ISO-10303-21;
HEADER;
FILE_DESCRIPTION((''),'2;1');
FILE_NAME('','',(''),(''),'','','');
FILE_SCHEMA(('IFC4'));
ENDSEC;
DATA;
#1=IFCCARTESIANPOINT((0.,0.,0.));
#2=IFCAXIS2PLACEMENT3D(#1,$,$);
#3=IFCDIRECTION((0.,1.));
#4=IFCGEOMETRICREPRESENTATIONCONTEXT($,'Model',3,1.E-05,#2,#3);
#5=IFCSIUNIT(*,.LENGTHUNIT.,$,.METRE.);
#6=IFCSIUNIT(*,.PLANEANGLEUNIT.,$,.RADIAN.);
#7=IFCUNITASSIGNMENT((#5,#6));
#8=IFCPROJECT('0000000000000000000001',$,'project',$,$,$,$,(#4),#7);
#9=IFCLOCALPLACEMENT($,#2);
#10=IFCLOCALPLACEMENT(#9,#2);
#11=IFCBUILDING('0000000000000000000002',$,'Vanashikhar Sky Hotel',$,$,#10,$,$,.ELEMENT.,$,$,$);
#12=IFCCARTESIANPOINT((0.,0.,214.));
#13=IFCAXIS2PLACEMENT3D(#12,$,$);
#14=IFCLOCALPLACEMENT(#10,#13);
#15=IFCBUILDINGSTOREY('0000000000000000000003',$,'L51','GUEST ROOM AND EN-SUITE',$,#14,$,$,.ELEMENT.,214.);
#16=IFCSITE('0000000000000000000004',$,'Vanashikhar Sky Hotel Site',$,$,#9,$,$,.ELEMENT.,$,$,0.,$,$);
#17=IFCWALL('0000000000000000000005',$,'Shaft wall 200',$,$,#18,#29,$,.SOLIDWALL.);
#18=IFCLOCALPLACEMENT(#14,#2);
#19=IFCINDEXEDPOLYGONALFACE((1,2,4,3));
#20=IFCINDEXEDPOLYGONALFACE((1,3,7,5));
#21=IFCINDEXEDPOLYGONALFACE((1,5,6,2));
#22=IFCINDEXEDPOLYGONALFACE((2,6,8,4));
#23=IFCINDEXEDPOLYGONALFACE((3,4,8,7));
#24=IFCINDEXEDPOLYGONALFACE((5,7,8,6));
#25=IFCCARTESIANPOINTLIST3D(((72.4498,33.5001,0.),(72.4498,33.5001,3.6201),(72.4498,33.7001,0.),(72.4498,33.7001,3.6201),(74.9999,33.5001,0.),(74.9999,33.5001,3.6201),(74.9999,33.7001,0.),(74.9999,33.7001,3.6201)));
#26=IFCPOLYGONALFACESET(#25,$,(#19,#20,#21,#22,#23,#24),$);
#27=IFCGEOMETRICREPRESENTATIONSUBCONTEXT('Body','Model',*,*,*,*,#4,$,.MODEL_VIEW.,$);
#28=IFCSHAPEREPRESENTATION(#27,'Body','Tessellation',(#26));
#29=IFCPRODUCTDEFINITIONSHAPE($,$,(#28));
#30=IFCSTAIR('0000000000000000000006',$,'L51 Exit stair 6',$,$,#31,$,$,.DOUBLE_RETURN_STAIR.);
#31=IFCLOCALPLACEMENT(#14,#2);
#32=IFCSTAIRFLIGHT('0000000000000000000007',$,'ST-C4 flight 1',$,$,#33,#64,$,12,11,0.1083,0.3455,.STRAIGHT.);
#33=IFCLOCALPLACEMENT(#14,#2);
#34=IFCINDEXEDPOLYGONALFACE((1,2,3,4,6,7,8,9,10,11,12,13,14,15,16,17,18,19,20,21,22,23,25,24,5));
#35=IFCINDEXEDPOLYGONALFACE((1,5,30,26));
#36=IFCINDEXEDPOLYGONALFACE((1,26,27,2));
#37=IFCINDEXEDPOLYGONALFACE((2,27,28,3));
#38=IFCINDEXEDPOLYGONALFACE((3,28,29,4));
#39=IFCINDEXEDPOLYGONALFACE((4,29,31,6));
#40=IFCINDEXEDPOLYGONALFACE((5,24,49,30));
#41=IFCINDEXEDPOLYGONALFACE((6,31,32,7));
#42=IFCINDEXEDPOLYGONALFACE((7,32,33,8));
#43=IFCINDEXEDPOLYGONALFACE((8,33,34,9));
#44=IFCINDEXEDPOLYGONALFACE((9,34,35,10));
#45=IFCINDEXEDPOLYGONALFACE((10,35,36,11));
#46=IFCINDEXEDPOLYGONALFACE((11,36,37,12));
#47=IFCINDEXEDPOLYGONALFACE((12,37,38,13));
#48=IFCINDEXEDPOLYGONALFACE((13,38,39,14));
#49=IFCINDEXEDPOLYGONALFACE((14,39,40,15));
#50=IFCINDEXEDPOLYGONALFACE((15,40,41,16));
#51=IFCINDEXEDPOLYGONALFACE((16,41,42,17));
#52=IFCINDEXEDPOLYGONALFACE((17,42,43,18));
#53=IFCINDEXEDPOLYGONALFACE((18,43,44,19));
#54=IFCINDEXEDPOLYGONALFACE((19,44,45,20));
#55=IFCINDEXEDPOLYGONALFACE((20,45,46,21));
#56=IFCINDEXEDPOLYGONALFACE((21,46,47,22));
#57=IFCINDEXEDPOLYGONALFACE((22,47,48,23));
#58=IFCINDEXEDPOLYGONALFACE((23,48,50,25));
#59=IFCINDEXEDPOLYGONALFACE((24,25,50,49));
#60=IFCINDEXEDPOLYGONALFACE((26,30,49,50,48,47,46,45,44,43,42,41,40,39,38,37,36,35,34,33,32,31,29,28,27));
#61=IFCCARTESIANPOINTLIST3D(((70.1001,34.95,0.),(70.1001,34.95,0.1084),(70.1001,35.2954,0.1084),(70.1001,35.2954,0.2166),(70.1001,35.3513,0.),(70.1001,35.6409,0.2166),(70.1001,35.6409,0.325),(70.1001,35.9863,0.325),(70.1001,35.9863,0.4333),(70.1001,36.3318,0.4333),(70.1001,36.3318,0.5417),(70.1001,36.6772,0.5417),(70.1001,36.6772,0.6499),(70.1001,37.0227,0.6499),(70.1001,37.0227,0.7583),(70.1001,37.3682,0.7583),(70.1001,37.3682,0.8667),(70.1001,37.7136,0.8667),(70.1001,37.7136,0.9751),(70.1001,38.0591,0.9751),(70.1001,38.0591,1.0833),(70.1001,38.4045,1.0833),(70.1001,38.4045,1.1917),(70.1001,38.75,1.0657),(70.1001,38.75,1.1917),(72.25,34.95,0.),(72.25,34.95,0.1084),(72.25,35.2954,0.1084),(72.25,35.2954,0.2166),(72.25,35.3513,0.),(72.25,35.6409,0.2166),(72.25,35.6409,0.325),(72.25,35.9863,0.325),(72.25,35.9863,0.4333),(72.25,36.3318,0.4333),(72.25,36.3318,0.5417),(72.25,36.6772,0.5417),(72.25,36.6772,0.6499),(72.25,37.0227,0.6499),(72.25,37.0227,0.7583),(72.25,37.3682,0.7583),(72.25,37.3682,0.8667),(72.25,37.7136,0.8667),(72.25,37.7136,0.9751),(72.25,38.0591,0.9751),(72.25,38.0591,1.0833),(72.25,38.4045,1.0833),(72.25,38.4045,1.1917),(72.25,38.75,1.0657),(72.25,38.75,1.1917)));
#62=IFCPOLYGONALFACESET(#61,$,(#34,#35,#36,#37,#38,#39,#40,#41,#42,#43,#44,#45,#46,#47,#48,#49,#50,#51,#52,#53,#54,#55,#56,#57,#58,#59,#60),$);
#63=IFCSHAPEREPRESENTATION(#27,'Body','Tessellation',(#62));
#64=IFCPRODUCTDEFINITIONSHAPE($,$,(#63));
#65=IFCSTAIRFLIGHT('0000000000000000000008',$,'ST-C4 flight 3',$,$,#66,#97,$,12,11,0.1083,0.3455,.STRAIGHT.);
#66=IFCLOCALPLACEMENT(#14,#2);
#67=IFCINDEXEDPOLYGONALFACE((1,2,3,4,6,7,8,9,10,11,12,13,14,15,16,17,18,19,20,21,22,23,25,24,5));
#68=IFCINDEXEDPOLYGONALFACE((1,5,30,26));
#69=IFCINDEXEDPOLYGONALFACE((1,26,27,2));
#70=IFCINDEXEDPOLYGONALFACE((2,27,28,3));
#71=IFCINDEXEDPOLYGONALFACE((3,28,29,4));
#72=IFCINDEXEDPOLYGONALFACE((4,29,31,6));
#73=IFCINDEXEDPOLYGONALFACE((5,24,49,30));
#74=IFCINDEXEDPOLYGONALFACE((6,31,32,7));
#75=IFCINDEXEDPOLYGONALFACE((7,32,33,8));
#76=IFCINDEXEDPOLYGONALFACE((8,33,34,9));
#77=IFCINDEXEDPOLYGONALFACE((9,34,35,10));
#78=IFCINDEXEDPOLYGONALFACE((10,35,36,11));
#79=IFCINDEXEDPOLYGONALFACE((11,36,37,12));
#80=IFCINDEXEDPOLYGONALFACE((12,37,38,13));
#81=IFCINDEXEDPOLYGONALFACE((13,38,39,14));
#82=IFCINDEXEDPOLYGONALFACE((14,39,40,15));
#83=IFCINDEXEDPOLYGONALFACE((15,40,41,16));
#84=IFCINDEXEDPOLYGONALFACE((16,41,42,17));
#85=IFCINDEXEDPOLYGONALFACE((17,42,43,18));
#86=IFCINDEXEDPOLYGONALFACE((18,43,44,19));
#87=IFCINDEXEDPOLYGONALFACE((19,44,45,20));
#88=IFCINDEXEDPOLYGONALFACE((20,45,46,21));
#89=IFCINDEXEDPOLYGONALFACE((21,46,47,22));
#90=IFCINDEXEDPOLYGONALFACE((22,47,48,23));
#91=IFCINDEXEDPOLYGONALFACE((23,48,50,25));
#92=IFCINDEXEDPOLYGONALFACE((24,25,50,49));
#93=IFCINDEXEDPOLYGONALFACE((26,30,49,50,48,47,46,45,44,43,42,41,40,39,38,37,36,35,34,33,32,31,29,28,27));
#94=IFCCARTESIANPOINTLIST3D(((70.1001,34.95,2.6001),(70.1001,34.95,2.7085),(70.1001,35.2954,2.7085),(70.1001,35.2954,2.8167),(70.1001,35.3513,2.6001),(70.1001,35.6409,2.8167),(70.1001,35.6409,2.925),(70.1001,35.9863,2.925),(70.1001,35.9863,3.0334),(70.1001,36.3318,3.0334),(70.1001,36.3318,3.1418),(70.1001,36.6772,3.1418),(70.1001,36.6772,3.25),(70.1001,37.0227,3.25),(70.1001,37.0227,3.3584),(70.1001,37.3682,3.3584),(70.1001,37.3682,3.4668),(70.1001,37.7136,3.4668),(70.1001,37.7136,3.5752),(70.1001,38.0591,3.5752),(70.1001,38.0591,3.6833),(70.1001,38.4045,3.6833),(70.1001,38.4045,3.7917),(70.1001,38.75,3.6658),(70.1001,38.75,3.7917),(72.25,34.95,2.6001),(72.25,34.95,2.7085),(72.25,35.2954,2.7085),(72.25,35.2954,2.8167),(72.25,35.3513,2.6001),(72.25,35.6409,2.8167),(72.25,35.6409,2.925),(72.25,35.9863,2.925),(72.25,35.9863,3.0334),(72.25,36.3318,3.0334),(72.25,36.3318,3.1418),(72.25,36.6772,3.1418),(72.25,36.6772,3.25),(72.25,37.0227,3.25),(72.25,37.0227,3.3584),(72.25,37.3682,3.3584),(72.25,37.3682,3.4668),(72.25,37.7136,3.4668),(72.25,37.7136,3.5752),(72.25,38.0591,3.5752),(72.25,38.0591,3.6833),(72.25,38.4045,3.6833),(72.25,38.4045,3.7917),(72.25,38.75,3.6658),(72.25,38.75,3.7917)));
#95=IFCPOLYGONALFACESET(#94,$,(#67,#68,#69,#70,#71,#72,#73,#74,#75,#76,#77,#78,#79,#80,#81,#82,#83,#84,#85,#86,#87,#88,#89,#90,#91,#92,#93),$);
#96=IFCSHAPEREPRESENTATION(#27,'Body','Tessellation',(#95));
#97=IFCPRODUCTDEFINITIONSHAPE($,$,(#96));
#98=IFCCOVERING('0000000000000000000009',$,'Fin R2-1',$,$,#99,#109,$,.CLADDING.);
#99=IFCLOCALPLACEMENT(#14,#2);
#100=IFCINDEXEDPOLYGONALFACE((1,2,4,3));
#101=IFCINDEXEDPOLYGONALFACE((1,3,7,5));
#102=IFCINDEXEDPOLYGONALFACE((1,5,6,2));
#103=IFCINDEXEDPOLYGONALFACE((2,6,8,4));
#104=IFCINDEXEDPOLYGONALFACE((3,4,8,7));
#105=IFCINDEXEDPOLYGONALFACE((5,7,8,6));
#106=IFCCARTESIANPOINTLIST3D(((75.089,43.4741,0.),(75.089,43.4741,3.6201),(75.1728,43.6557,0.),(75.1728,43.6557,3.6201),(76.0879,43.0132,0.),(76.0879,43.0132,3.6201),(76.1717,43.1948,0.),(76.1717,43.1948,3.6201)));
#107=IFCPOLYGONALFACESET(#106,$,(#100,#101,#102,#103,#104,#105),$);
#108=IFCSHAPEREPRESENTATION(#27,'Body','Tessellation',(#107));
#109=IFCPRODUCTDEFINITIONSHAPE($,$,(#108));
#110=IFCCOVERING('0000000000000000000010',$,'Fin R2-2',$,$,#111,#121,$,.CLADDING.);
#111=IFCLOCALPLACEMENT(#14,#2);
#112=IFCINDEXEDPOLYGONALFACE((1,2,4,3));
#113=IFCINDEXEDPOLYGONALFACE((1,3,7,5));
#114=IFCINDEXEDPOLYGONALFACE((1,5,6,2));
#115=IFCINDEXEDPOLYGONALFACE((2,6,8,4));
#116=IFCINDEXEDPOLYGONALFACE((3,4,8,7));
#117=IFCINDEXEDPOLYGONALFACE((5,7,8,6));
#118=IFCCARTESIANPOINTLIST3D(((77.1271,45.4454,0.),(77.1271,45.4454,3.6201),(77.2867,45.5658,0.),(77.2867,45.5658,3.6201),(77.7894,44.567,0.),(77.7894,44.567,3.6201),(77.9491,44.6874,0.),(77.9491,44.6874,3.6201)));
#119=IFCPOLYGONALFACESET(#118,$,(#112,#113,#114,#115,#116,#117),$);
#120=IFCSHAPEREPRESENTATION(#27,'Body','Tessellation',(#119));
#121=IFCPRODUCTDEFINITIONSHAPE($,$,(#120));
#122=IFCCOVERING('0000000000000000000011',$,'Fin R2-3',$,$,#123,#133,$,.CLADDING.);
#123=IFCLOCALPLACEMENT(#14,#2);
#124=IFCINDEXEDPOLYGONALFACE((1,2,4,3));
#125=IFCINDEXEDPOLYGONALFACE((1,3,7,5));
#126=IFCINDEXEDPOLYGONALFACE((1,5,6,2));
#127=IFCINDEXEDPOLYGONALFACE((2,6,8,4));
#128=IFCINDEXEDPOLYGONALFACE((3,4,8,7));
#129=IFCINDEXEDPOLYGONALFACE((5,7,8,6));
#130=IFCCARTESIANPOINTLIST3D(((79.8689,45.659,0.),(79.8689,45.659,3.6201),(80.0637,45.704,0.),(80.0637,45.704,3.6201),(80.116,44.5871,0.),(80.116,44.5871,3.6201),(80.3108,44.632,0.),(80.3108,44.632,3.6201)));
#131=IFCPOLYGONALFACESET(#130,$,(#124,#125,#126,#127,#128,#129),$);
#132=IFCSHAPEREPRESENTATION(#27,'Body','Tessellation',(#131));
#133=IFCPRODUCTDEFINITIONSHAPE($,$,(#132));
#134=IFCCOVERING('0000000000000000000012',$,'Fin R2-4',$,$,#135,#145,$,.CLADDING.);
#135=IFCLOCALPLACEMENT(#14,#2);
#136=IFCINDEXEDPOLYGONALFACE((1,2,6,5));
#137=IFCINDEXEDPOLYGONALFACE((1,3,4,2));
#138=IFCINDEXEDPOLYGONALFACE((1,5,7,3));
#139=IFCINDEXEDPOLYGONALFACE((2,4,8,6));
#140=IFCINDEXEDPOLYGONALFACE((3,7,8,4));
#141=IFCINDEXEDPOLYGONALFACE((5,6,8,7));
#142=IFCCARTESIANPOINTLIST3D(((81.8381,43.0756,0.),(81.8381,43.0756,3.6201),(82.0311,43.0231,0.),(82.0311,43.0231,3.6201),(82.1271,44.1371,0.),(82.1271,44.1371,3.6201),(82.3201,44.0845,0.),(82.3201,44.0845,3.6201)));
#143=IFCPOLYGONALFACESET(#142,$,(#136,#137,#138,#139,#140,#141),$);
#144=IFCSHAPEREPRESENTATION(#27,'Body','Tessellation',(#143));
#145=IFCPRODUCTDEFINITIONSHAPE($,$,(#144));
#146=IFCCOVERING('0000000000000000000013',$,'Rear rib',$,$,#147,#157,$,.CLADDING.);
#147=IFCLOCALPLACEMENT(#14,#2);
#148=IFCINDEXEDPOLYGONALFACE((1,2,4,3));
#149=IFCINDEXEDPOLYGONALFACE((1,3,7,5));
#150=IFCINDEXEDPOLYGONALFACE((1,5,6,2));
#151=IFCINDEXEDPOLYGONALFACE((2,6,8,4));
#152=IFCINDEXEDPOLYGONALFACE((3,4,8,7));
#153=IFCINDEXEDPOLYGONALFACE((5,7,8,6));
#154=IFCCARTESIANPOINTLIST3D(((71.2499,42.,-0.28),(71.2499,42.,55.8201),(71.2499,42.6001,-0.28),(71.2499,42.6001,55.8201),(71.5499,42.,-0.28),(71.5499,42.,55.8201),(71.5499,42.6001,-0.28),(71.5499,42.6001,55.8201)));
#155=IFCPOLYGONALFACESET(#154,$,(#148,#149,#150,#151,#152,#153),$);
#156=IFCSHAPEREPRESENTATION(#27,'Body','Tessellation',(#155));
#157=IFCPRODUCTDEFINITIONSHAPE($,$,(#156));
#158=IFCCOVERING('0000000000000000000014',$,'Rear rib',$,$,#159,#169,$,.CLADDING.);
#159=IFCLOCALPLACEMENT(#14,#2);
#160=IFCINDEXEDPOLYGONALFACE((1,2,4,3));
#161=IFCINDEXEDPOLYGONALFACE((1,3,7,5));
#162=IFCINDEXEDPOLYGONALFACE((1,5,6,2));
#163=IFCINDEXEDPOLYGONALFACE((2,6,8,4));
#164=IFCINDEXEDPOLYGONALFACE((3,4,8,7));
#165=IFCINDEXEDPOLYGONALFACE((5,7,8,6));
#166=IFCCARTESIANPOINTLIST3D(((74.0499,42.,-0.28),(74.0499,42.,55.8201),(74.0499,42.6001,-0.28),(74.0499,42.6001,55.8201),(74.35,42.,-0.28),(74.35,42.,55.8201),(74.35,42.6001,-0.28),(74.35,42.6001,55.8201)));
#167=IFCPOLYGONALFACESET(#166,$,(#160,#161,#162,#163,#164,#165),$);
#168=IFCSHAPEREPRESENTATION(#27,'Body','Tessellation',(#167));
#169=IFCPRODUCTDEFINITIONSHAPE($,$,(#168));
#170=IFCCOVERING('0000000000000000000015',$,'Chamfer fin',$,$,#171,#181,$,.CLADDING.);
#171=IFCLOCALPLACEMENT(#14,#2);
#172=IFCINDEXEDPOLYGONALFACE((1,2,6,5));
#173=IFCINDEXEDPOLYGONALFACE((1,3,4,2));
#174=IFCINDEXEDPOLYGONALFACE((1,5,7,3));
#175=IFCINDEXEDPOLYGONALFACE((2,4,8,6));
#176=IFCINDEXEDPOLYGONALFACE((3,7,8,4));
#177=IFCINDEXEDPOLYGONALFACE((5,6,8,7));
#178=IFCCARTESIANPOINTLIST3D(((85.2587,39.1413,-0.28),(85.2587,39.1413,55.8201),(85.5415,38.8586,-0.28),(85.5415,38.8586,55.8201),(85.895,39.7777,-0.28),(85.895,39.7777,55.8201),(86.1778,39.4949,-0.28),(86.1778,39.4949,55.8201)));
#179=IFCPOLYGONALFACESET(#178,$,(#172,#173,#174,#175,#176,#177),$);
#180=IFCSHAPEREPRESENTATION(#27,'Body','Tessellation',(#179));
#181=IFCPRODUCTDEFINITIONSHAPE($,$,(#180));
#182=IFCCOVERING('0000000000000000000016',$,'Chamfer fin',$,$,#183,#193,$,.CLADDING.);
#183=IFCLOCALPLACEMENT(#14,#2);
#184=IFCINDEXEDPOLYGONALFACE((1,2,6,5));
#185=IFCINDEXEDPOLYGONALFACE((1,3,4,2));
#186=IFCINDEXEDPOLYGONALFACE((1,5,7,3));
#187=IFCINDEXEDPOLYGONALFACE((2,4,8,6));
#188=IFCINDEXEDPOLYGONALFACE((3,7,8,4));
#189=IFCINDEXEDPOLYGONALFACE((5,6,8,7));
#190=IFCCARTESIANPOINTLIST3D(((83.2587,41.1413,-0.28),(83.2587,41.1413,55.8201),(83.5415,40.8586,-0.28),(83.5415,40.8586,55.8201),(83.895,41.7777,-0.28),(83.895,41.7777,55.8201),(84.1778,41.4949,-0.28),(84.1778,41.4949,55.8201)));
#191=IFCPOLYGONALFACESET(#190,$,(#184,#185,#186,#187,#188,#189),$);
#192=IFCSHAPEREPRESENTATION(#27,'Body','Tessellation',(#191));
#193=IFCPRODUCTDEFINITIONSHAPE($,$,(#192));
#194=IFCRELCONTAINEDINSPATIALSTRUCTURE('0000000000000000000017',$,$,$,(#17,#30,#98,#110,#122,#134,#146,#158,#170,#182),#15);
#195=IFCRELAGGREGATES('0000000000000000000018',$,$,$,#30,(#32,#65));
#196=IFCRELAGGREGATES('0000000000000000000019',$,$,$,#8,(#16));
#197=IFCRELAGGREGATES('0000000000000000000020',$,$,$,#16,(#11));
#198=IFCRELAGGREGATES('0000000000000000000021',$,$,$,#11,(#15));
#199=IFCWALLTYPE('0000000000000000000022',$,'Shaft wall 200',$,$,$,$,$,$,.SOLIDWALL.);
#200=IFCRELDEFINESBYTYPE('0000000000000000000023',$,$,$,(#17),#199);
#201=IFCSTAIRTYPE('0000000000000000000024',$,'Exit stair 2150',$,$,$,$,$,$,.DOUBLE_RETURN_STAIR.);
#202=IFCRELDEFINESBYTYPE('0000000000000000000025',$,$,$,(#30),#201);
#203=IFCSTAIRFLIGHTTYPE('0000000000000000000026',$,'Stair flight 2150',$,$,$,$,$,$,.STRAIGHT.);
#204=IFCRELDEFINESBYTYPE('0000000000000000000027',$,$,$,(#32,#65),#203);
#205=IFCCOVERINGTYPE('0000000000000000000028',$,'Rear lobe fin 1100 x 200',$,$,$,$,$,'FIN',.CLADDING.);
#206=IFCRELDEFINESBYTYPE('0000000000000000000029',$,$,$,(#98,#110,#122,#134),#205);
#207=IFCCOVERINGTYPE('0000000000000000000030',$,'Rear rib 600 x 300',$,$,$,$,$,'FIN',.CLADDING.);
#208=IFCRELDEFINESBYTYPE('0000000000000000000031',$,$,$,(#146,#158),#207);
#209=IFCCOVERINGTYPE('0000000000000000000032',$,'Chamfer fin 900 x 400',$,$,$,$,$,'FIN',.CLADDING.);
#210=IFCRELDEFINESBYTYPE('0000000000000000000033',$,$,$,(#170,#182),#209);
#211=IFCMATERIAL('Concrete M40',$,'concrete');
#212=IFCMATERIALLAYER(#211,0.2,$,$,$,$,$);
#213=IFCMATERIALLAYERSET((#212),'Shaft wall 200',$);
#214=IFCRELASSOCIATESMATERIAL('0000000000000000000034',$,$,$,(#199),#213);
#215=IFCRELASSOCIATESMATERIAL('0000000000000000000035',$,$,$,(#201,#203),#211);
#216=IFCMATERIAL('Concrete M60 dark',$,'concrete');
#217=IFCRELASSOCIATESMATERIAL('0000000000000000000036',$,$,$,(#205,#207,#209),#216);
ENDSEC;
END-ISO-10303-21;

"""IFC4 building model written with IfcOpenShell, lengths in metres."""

from ifc_helpers import new_model, si_unit, direction, frame, frame_2d, origin, origin_2d, place, context, subcontext, project, spatial, polyline, rectangle, outline, extrude, source, transform, mapped, material, layer, layer_set, material_profile, profile_set, type_object, element, aggregate, save


model = new_model("IFC4")

# Units and contexts
model_context = context("Model", 3, precision=1e-05, world=origin(), true_north=direction((0.0, 1.0)))
body_context = subcontext(model_context, "Body", "Model", "MODEL_VIEW")
ifc_project = project(units=[si_unit("LENGTHUNIT", "METRE"), si_unit("PLANEANGLEUNIT", "RADIAN")], contexts=[model_context])

# Site, building, storey
site_placement = place(None, origin())
site = spatial("IfcSite", under=ifc_project, at=site_placement, Name="Vanashikhar Sky Hotel Site", CompositionType="ELEMENT", RefElevation=0.0)
building_placement = place(site_placement, origin())
building = spatial("IfcBuilding", under=site, at=building_placement, Name="Vanashikhar Sky Hotel", CompositionType="ELEMENT")
storey_placement = place(building_placement, frame((0.0, 0.0, 214.0)))
storey = spatial("IfcBuildingStorey", under=building, at=storey_placement, Name="L51", Description="GUEST ROOM AND EN-SUITE", CompositionType="ELEMENT", Elevation=214.0)

# Wall
ifc_material_1 = material(Name="Concrete M40", Category="concrete")
ifc_layer_1 = layer(ifc_material_1, 0.2)
ifc_layer_set_1 = layer_set([ifc_layer_1], Name="Shaft wall 200")
wall_type_1 = type_object("IfcWallType", Name="Shaft wall 200", PredefinedType="SOLIDWALL", material=ifc_layer_set_1)
shared_shape_1 = source(origin(), body_context, "Body", "SweptSolid", [
    extrude(rectangle(XDim=2.55, YDim=0.2, at=frame_2d((1.2749, 0.0))), origin(), (0.0, 0.0, 1.0), 3.6201),
])
wall_1_placement = place(storey_placement, frame((72.45, 33.6001, 0.0), z_axis=(0.0, 0.0, 1.0), x_axis=(1.0, 0.0, 0.0)))
element("IfcWall", 1, at=wall_1_placement, inside=storey, type_object=wall_type_1, Name="Shaft wall 200", PredefinedType="SOLIDWALL", context=body_context, shape_type="MappedRepresentation", body=[
    mapped(shared_shape_1, transform((0.0, 0.0, 0.0), scale=1.0)),
])

# Stair, stair flights
stair_type = type_object("IfcStairType", Name="Exit stair 2150", PredefinedType="DOUBLE_RETURN_STAIR", material=ifc_material_1)
stair_placement = place(storey_placement, origin())
stair = element("IfcStair", 2, at=stair_placement, inside=storey, type_object=stair_type, Name="L51 Exit stair 6", PredefinedType="DOUBLE_RETURN_STAIR")
stair_flight_type = type_object("IfcStairFlightType", Name="Stair flight 2150", PredefinedType="STRAIGHT", material=ifc_material_1)
shared_shape_2 = source(origin(), body_context, "Body", "SweptSolid", [
    extrude(outline(polyline([(0.0, 0.0), (0.0, 0.1084), (0.3455, 0.1084), (0.3455, 0.2166), (0.6909, 0.2166), (0.6909, 0.325), (1.0364, 0.325), (1.0364, 0.4333), (1.3818, 0.4333), (1.3818, 0.5417), (1.7273, 0.5417), (1.7273, 0.6499), (2.0728, 0.6499), (2.0728, 0.7583), (2.4182, 0.7583), (2.4182, 0.8667), (2.7637, 0.8667), (2.7637, 0.9751), (3.1091, 0.9751), (3.1091, 1.0833), (3.4546, 1.0833), (3.4546, 1.1917), (3.8, 1.1917), (3.8, 1.3), (3.8, 1.0657), (0.4014, 0.0), (0.0, 0.0)])), frame((0.0, 1.075, 0.0), z_axis=(0.0, -1.0, 0.0), x_axis=(1.0, 0.0, 0.0)), (0.0, 0.0, 1.0), 2.1499),
])
stair_flight_1_placement = place(storey_placement, frame((71.175, 34.95, 0.0), z_axis=(0.0, 0.0, 1.0), x_axis=(0.0, 1.0, 0.0)))
stair_flight_1 = element("IfcStairFlight", 3, at=stair_flight_1_placement, type_object=stair_flight_type, Name="ST-C4 flight 1", NumberOfRisers=12, NumberOfTreads=11, PredefinedType="STRAIGHT", RiserHeight=0.1083, TreadLength=0.3455, context=body_context, shape_type="MappedRepresentation", body=[
    mapped(shared_shape_2, transform((0.0, 0.0, 0.0), scale=1.0)),
])
stair_flight_2_placement = place(storey_placement, frame((71.175, 34.95, 2.6001), z_axis=(0.0, 0.0, 1.0), x_axis=(0.0, 1.0, 0.0)))
stair_flight_2 = element("IfcStairFlight", 4, at=stair_flight_2_placement, type_object=stair_flight_type, Name="ST-C4 flight 3", NumberOfRisers=12, NumberOfTreads=11, PredefinedType="STRAIGHT", RiserHeight=0.1083, TreadLength=0.3455, context=body_context, shape_type="MappedRepresentation", body=[
    mapped(shared_shape_2, transform((0.0, 0.0, 0.0), scale=1.0)),
])
aggregate(stair, [stair_flight_1, stair_flight_2])

# Coverings
ifc_material_2 = material(Name="Concrete M60 dark", Category="concrete")
ifc_material_profile_1 = material_profile(ifc_material_2, rectangle(XDim=1.1001, YDim=0.2, at=origin_2d()))
ifc_profile_set_1 = profile_set([ifc_material_profile_1], Name="Rear lobe fin 1100 x 200")
covering_type_1 = type_object("IfcCoveringType", Name="Rear lobe fin 1100 x 200", ElementType="FIN", PredefinedType="CLADDING", material=ifc_profile_set_1)
shared_shape_3 = source(origin(), body_context, "Body", "SweptSolid", [
    extrude(rectangle(XDim=1.1001, YDim=0.2, at=origin_2d()), origin(), (0.0, 0.0, 1.0), 3.6201),
])
for number, where, z_axis, x_axis, name in (
    (5, (75.6304, 43.3345, 0.0), (0.0, 0.0, 1.0), (-0.908004, 0.418961, 0.0), "Fin R2-1"),
    (6, (77.5381, 45.0664, 0.0), (0.0, 0.0, 1.0), (-0.602066, 0.798446, 0.0), "Fin R2-2"),
    (7, (80.0898, 45.1455, 0.0), (0.0, 0.0, 1.0), (-0.224645, 0.974441, 0.0), "Fin R2-3"),
    (8, (82.0791, 43.5801, 0.0), (0.0, 0.0, 1.0), (0.262711, 0.964874, 0.0), "Fin R2-4"),
):
    element("IfcCovering", number, at=place(storey_placement, frame(where, z_axis=z_axis, x_axis=x_axis)), inside=storey, type_object=covering_type_1, Name=name, PredefinedType="CLADDING", context=body_context, shape_type="MappedRepresentation", body=[
        mapped(shared_shape_3, transform((0.0, 0.0, 0.0), scale=1.0)),
    ])
ifc_material_profile_2 = material_profile(ifc_material_2, rectangle(XDim=0.6001, YDim=0.3, at=origin_2d()))
ifc_profile_set_2 = profile_set([ifc_material_profile_2], Name="Rear rib 600 x 300")
covering_type_2 = type_object("IfcCoveringType", Name="Rear rib 600 x 300", ElementType="FIN", PredefinedType="CLADDING", material=ifc_profile_set_2)
shared_shape_4 = source(origin(), body_context, "Body", "SweptSolid", [
    extrude(rectangle(XDim=0.6001, YDim=0.3, at=origin_2d()), origin(), (0.0, 0.0, 1.0), 56.1001),
])
for number, where, z_axis, x_axis, name in (
    (9, (71.3999, 42.3, -0.28), (0.0, 0.0, 1.0), (0.0, 1.0, 0.0), "Rear rib"),
    (10, (74.2, 42.3, -0.28), (0.0, 0.0, 1.0), (0.0, 1.0, 0.0), "Rear rib"),
):
    element("IfcCovering", number, at=place(storey_placement, frame(where, z_axis=z_axis, x_axis=x_axis)), inside=storey, type_object=covering_type_2, Name=name, PredefinedType="CLADDING", context=body_context, shape_type="MappedRepresentation", body=[
        mapped(shared_shape_4, transform((0.0, 0.0, 0.0), scale=1.0)),
    ])
ifc_material_profile_3 = material_profile(ifc_material_2, rectangle(XDim=0.8999, YDim=0.3999, at=origin_2d()))
ifc_profile_set_3 = profile_set([ifc_material_profile_3], Name="Chamfer fin 900 x 400")
covering_type_3 = type_object("IfcCoveringType", Name="Chamfer fin 900 x 400", ElementType="FIN", PredefinedType="CLADDING", material=ifc_profile_set_3)
shared_shape_5 = source(origin(), body_context, "Body", "SweptSolid", [
    extrude(rectangle(XDim=0.8999, YDim=0.3999, at=origin_2d()), origin(), (0.0, 0.0, 1.0), 56.1001),
])
for number, where, z_axis, x_axis, name in (
    (11, (85.7183, 39.3181, -0.28), (0.0, 0.0, 1.0), (0.707107, 0.707107, 0.0), "Chamfer fin"),
    (12, (83.7183, 41.3181, -0.28), (0.0, 0.0, 1.0), (0.707107, 0.707107, 0.0), "Chamfer fin"),
):
    element("IfcCovering", number, at=place(storey_placement, frame(where, z_axis=z_axis, x_axis=x_axis)), inside=storey, type_object=covering_type_3, Name=name, PredefinedType="CLADDING", context=body_context, shape_type="MappedRepresentation", body=[
        mapped(shared_shape_5, transform((0.0, 0.0, 0.0), scale=1.0)),
    ])

save(model, "model.ifc")
